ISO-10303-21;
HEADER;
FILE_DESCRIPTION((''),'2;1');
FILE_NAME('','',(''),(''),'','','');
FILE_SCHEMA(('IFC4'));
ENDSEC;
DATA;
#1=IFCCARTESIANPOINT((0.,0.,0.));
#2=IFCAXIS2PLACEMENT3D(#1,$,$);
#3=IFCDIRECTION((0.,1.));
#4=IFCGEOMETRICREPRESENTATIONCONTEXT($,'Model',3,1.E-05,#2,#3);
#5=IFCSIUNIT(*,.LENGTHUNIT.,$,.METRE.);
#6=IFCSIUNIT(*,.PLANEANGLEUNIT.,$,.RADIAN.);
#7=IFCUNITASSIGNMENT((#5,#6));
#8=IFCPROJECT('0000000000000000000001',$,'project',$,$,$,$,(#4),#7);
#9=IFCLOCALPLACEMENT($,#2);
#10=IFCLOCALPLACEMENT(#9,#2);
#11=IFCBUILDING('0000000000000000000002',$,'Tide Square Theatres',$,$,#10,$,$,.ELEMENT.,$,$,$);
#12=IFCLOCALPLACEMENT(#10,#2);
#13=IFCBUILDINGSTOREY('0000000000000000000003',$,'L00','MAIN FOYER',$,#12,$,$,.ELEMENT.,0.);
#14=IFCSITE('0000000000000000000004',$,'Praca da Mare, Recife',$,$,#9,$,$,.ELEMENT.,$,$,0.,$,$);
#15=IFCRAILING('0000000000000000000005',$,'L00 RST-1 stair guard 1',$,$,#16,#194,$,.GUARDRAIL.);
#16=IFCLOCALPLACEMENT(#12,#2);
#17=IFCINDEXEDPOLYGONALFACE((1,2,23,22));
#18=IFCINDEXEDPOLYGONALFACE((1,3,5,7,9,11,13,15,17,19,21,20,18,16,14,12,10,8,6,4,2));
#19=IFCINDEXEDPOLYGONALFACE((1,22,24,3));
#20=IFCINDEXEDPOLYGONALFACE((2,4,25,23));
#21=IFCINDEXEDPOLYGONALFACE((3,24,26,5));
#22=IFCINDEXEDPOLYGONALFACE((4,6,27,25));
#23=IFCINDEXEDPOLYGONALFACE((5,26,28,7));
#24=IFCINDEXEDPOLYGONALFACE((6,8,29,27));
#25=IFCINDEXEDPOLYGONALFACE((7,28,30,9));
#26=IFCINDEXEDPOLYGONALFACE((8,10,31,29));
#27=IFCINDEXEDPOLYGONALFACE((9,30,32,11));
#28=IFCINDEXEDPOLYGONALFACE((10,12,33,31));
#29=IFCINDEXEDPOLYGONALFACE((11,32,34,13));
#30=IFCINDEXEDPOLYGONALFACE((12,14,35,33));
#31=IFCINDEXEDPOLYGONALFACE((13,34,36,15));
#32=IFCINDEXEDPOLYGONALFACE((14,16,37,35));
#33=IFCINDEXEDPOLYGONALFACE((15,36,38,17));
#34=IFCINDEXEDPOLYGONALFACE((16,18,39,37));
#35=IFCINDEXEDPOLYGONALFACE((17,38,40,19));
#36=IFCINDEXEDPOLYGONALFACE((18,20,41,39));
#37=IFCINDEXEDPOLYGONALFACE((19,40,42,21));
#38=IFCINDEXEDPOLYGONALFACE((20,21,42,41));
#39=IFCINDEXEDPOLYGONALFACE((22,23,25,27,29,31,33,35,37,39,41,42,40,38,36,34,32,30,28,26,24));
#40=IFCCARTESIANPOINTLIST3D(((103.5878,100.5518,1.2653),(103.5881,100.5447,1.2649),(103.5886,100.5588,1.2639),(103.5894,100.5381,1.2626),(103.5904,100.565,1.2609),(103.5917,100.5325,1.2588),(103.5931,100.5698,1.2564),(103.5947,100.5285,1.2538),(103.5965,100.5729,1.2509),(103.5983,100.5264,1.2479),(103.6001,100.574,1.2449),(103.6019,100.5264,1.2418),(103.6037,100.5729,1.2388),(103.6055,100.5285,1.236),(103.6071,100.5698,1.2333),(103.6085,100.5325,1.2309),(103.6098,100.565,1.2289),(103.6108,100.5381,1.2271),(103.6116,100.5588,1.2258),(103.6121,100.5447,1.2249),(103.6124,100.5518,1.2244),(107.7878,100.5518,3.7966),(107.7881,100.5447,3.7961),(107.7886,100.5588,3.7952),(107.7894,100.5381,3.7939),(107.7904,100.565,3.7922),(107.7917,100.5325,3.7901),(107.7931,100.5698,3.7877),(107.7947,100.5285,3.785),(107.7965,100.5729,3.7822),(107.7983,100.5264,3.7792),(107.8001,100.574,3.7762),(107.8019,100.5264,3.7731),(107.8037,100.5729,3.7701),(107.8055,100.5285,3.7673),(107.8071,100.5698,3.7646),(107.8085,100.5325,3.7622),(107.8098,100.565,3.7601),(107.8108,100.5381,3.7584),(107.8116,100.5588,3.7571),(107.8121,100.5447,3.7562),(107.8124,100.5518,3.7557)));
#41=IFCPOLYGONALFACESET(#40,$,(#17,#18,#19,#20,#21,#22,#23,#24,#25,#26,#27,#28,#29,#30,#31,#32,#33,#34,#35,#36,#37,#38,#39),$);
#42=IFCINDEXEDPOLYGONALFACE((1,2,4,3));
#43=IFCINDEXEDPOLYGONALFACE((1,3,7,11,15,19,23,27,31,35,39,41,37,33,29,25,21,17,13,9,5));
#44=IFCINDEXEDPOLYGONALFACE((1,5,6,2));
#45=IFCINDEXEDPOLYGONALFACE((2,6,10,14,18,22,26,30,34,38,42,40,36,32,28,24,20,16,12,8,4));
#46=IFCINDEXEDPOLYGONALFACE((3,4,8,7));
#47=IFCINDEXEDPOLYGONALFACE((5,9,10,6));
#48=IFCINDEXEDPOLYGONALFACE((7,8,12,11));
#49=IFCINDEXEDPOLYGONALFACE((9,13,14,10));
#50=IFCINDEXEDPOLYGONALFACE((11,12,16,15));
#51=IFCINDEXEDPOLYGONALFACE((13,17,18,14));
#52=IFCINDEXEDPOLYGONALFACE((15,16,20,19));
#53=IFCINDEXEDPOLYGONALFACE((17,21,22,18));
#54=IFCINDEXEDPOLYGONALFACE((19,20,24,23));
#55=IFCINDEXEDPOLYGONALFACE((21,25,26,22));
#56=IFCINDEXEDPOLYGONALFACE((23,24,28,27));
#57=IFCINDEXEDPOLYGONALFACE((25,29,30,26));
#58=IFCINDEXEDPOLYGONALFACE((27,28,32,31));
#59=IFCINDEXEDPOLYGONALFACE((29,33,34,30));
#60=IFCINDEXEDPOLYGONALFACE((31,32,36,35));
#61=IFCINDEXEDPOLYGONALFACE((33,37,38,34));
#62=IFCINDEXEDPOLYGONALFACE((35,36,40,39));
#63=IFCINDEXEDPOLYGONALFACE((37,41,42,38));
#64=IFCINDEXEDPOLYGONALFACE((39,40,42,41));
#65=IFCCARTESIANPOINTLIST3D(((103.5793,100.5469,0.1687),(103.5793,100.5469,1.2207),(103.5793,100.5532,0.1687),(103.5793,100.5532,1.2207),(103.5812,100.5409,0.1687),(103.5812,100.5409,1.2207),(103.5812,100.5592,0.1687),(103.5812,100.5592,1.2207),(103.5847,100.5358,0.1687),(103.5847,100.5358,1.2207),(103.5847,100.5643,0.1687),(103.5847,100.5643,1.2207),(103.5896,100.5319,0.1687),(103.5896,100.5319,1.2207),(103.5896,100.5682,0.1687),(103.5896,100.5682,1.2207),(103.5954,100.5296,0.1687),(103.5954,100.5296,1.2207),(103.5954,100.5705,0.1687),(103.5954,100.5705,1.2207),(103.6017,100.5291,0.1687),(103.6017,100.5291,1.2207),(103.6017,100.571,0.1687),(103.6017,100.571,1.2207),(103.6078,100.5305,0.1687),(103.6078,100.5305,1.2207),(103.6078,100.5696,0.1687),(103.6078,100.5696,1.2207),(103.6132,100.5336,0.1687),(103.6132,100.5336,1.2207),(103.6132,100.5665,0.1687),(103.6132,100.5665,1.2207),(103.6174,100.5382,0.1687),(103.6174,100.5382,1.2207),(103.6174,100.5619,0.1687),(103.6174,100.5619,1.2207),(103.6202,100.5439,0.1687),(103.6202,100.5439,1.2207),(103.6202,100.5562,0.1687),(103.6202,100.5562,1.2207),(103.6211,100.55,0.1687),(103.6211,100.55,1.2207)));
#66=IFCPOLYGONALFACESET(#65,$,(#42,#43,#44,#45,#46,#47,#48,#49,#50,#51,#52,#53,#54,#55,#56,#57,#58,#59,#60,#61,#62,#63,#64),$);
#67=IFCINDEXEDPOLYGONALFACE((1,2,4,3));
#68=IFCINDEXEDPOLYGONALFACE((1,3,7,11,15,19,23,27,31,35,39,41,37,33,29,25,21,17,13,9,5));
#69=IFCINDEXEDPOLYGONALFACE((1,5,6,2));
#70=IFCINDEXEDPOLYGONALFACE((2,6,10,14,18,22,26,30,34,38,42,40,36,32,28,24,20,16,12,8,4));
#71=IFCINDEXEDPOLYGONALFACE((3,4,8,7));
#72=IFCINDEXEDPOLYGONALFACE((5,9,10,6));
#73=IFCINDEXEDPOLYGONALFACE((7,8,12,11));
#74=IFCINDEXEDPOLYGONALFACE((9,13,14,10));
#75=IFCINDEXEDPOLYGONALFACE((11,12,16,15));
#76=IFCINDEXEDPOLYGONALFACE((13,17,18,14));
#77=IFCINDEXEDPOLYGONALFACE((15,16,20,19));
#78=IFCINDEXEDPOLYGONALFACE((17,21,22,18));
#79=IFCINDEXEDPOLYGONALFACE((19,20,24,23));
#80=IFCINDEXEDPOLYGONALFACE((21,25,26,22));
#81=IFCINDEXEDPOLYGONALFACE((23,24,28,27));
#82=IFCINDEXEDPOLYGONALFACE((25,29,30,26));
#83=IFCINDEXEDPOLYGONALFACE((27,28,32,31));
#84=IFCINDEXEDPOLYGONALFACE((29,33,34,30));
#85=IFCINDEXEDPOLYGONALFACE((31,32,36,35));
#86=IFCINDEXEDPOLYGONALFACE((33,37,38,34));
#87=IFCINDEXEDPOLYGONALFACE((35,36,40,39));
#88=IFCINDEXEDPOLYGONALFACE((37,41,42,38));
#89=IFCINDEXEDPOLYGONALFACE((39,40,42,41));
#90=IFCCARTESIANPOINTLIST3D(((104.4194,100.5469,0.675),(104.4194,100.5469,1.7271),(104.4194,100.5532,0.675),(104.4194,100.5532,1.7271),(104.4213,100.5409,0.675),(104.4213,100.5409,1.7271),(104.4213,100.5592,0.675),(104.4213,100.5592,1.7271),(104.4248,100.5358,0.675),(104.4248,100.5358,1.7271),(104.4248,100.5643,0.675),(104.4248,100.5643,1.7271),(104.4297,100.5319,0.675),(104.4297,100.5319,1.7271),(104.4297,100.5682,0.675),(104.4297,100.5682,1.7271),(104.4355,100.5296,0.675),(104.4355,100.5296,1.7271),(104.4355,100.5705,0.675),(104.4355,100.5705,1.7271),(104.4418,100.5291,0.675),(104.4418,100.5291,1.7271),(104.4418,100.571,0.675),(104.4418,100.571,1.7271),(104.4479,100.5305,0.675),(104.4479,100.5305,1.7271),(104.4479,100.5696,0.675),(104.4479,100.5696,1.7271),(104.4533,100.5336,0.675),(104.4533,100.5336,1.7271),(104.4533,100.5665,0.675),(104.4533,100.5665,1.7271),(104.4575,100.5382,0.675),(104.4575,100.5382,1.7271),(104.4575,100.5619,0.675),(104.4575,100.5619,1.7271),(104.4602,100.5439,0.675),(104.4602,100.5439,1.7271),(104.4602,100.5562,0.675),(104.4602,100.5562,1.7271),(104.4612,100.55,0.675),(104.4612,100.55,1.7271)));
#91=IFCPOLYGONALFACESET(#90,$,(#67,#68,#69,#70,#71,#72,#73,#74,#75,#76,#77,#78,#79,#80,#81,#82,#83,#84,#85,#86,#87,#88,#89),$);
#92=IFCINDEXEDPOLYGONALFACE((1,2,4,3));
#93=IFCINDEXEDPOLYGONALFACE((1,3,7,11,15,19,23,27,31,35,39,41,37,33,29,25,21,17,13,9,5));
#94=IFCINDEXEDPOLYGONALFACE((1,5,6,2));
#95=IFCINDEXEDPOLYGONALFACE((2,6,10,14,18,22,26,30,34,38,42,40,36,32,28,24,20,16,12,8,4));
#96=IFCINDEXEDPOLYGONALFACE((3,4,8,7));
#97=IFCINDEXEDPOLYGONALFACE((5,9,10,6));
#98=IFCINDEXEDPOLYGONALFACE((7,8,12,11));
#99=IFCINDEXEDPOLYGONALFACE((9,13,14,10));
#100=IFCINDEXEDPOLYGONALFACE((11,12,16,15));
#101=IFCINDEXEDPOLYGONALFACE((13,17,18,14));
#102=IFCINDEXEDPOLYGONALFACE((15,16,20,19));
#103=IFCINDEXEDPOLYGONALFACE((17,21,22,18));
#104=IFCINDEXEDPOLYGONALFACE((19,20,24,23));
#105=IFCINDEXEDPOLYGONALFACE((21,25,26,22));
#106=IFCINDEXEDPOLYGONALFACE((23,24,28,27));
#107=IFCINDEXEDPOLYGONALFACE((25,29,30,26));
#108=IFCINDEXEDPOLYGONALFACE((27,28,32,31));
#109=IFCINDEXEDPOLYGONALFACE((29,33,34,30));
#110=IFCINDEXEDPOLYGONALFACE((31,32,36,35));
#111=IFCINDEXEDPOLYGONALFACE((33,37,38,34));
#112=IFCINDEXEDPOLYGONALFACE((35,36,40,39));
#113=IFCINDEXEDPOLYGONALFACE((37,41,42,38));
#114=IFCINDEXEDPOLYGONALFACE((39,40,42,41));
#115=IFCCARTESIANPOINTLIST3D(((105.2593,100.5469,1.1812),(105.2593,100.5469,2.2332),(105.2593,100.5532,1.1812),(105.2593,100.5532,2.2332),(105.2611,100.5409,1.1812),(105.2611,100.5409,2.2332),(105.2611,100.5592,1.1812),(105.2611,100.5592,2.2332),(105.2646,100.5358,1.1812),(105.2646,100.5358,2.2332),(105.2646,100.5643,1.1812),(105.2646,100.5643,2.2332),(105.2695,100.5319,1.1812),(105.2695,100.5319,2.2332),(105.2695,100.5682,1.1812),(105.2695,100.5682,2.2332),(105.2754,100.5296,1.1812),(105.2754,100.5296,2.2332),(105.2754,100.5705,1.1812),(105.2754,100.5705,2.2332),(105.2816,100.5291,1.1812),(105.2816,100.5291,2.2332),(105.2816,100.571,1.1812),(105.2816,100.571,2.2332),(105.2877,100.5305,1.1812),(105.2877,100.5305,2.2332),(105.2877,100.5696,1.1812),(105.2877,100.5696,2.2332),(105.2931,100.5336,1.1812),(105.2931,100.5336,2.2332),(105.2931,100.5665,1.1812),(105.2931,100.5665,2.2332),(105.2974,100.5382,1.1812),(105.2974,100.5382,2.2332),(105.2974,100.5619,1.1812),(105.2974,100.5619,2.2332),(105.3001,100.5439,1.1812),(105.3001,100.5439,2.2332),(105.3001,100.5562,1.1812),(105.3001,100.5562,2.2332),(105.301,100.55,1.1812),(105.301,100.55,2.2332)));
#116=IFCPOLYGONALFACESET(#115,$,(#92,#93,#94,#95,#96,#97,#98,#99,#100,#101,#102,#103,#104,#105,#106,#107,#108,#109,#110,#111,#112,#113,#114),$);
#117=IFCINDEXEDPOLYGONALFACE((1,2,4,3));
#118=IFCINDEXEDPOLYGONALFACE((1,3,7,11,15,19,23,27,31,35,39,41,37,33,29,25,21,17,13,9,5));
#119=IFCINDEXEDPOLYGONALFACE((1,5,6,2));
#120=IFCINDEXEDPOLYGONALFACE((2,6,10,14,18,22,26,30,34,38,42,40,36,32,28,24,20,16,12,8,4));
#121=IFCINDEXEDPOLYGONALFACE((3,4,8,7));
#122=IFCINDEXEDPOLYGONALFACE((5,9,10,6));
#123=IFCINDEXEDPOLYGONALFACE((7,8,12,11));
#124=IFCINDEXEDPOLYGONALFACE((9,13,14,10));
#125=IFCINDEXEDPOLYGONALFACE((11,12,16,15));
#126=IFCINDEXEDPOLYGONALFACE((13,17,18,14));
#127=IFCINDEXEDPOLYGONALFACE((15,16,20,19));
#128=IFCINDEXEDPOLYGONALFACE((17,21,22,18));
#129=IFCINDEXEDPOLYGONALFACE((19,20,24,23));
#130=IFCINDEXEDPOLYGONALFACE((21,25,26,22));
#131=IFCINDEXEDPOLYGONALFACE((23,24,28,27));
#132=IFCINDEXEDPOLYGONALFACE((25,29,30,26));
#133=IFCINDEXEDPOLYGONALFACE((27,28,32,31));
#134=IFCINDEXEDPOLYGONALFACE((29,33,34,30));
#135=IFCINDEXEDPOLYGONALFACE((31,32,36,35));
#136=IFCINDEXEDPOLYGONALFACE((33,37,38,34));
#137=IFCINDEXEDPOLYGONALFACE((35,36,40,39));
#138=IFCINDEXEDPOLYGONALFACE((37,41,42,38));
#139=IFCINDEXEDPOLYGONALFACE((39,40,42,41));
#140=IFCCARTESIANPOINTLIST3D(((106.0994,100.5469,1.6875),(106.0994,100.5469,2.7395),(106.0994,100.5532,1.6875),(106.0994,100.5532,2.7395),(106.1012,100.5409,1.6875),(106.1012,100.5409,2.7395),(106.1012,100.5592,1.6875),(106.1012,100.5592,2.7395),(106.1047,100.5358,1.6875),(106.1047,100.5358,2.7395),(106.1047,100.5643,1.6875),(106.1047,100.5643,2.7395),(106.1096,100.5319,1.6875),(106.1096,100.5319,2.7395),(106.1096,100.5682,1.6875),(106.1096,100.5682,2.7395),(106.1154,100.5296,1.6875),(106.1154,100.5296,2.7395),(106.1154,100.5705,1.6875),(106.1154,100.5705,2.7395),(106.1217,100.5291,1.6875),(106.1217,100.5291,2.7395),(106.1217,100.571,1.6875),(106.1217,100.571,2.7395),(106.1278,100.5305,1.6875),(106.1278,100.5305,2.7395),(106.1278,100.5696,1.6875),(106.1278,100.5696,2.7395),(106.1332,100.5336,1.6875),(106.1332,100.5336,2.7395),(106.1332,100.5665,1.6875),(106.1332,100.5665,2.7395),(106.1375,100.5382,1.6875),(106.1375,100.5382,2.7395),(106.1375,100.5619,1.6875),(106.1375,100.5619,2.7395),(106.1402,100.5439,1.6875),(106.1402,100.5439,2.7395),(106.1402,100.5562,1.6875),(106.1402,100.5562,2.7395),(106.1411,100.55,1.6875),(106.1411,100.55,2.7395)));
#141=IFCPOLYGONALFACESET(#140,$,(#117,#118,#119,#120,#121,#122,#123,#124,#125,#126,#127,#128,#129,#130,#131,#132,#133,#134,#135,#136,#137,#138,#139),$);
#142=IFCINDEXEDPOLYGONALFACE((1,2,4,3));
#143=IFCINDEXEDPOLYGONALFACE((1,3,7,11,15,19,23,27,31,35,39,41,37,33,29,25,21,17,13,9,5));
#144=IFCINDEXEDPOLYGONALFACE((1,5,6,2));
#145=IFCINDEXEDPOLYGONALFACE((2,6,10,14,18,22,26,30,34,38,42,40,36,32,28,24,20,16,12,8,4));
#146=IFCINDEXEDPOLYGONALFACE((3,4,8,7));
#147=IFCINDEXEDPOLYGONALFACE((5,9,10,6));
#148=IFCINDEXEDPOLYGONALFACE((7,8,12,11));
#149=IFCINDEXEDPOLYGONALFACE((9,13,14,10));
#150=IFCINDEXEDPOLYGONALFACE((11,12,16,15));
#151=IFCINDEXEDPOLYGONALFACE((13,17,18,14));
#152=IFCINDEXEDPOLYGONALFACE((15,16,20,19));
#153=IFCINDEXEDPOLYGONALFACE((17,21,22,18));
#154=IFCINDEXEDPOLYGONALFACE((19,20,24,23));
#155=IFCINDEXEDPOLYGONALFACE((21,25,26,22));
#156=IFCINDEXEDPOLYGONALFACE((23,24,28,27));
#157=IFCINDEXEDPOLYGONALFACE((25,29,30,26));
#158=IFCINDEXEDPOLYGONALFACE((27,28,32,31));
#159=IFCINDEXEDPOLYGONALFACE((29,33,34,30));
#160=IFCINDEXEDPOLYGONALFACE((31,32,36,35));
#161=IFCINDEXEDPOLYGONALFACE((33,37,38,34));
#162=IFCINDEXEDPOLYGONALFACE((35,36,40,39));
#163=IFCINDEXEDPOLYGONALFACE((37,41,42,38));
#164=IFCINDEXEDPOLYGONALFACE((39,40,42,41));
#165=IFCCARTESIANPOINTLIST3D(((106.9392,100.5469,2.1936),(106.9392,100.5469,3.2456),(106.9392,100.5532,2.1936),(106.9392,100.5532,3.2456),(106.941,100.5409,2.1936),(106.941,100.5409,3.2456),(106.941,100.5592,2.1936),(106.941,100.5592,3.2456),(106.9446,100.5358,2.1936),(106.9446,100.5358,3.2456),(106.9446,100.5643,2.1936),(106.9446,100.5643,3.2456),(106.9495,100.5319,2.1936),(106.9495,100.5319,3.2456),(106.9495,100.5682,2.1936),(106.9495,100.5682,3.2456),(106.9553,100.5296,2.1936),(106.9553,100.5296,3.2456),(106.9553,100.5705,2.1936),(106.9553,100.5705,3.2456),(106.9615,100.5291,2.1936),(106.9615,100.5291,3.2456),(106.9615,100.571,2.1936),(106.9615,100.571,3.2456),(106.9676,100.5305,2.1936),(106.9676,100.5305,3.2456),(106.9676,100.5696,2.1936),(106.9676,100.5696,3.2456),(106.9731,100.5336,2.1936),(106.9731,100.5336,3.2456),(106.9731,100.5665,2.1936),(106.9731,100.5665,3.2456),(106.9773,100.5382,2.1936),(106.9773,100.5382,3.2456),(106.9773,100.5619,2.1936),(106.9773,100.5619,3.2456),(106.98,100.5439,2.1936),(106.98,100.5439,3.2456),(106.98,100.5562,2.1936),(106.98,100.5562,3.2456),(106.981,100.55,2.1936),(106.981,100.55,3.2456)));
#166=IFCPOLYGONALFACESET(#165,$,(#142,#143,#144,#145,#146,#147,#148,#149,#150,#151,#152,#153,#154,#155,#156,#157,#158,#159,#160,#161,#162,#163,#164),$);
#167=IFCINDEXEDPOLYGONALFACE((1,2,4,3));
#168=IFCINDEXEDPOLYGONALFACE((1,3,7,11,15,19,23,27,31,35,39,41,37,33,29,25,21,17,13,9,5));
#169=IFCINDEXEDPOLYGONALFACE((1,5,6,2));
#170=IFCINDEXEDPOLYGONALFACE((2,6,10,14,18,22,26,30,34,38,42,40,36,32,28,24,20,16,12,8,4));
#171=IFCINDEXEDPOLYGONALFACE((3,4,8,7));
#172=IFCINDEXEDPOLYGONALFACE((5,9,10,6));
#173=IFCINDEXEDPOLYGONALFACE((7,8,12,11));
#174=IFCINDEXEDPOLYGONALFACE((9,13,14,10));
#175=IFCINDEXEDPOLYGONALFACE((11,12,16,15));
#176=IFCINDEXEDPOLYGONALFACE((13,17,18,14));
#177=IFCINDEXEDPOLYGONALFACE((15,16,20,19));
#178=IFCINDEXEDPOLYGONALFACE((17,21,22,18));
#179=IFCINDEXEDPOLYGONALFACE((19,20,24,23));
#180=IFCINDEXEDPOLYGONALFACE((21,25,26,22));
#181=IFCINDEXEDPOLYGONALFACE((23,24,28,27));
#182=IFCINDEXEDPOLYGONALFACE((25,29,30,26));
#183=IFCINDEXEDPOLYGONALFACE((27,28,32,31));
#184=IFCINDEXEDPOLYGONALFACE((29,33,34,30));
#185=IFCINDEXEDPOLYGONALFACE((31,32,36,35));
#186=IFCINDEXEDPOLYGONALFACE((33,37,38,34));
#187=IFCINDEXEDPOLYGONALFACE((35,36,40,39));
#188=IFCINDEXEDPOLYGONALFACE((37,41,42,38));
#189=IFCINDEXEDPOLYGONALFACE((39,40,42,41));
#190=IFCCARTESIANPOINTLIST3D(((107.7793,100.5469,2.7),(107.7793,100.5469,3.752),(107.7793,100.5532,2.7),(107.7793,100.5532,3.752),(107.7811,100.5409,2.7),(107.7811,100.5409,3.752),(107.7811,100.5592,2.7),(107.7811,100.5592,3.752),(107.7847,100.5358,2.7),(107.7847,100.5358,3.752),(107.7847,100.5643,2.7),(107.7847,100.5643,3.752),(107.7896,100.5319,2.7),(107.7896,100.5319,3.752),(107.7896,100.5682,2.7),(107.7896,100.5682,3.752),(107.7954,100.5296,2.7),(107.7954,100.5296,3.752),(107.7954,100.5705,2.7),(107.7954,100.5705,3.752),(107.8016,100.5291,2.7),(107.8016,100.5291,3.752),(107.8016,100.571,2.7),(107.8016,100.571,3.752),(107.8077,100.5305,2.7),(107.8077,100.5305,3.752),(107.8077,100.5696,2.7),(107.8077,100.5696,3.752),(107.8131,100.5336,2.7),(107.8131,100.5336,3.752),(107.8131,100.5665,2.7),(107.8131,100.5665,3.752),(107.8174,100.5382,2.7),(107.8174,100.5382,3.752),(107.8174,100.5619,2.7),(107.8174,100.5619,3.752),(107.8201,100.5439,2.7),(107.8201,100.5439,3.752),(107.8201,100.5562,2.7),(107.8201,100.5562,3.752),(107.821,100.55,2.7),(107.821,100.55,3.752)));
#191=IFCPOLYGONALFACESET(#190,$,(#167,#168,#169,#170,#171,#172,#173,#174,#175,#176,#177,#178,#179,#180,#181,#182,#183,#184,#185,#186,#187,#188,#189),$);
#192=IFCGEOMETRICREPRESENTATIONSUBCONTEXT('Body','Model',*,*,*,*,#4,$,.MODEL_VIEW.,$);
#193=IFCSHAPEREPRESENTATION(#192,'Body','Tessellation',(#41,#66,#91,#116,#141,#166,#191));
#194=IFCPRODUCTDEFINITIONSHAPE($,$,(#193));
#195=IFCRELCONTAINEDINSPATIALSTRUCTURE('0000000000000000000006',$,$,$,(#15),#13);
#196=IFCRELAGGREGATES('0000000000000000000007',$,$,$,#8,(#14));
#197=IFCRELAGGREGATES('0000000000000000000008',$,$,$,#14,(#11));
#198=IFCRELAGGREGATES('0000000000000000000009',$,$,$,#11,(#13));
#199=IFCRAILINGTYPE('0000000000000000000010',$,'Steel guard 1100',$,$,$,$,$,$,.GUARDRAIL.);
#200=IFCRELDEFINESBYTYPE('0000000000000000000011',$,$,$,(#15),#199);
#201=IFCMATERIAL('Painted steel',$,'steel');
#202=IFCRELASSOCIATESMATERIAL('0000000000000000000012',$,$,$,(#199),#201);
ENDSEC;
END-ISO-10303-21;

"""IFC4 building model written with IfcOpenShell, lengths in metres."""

from ifc_helpers import new_model, si_unit, direction, frame, origin, origin_2d, place, context, subcontext, project, spatial, circle, extrude, material, type_object, element, save


model = new_model("IFC4")

# Units and contexts
model_context = context("Model", 3, precision=1e-05, world=origin(), true_north=direction((0.0, 1.0)))
body_context = subcontext(model_context, "Body", "Model", "MODEL_VIEW")
ifc_project = project(units=[si_unit("LENGTHUNIT", "METRE"), si_unit("PLANEANGLEUNIT", "RADIAN")], contexts=[model_context])

# Site, building, storey
site_placement = place(None, origin())
site = spatial("IfcSite", under=ifc_project, at=site_placement, Name="Praca da Mare, Recife", CompositionType="ELEMENT", RefElevation=0.0)
building_placement = place(site_placement, origin())
building = spatial("IfcBuilding", under=site, at=building_placement, Name="Tide Square Theatres", CompositionType="ELEMENT")
storey_placement = place(building_placement, origin())
storey = spatial("IfcBuildingStorey", under=building, at=storey_placement, Name="L00", Description="MAIN FOYER", CompositionType="ELEMENT", Elevation=0.0)

# Railing
ifc_material_1 = material(Name="Painted steel", Category="steel")
railing_type_1 = type_object("IfcRailingType", Name="Steel guard 1100", PredefinedType="GUARDRAIL", material=ifc_material_1)
railing_1_placement = place(storey_placement, frame((103.6001, 100.55, 0.1687)))
element("IfcRailing", 1, at=railing_1_placement, inside=storey, type_object=railing_type_1, Name="L00 RST-1 stair guard 1", PredefinedType="GUARDRAIL", context=body_context, shape_type="SweptSolid", body=[
    extrude(circle(Radius=0.0239, at=origin_2d()), frame((0.0, 0.0, 1.0762), z_axis=(0.856476, 0.0, 0.516186), x_axis=(0.0, 1.0, 0.0)), (0.0, 0.0, 1.0), 4.9038),
    extrude(circle(Radius=0.021, at=origin_2d()), origin(), (0.0, 0.0, 1.0), 1.052),
    extrude(circle(Radius=0.021, at=origin_2d()), frame((0.8401, 0.0, 0.5063)), (0.0, 0.0, 1.0), 1.052),
    extrude(circle(Radius=0.021, at=origin_2d()), frame((1.6799, 0.0, 1.0125)), (0.0, 0.0, 1.0), 1.052),
    extrude(circle(Radius=0.021, at=origin_2d()), frame((2.52, 0.0, 1.5188)), (0.0, 0.0, 1.0), 1.052),
    extrude(circle(Radius=0.021, at=origin_2d()), frame((3.3599, 0.0, 2.0249)), (0.0, 0.0, 1.0), 1.052),
    extrude(circle(Radius=0.021, at=origin_2d()), frame((4.2, 0.0, 2.5312)), (0.0, 0.0, 1.0), 1.052),
])

save(model, "model.ifc")
